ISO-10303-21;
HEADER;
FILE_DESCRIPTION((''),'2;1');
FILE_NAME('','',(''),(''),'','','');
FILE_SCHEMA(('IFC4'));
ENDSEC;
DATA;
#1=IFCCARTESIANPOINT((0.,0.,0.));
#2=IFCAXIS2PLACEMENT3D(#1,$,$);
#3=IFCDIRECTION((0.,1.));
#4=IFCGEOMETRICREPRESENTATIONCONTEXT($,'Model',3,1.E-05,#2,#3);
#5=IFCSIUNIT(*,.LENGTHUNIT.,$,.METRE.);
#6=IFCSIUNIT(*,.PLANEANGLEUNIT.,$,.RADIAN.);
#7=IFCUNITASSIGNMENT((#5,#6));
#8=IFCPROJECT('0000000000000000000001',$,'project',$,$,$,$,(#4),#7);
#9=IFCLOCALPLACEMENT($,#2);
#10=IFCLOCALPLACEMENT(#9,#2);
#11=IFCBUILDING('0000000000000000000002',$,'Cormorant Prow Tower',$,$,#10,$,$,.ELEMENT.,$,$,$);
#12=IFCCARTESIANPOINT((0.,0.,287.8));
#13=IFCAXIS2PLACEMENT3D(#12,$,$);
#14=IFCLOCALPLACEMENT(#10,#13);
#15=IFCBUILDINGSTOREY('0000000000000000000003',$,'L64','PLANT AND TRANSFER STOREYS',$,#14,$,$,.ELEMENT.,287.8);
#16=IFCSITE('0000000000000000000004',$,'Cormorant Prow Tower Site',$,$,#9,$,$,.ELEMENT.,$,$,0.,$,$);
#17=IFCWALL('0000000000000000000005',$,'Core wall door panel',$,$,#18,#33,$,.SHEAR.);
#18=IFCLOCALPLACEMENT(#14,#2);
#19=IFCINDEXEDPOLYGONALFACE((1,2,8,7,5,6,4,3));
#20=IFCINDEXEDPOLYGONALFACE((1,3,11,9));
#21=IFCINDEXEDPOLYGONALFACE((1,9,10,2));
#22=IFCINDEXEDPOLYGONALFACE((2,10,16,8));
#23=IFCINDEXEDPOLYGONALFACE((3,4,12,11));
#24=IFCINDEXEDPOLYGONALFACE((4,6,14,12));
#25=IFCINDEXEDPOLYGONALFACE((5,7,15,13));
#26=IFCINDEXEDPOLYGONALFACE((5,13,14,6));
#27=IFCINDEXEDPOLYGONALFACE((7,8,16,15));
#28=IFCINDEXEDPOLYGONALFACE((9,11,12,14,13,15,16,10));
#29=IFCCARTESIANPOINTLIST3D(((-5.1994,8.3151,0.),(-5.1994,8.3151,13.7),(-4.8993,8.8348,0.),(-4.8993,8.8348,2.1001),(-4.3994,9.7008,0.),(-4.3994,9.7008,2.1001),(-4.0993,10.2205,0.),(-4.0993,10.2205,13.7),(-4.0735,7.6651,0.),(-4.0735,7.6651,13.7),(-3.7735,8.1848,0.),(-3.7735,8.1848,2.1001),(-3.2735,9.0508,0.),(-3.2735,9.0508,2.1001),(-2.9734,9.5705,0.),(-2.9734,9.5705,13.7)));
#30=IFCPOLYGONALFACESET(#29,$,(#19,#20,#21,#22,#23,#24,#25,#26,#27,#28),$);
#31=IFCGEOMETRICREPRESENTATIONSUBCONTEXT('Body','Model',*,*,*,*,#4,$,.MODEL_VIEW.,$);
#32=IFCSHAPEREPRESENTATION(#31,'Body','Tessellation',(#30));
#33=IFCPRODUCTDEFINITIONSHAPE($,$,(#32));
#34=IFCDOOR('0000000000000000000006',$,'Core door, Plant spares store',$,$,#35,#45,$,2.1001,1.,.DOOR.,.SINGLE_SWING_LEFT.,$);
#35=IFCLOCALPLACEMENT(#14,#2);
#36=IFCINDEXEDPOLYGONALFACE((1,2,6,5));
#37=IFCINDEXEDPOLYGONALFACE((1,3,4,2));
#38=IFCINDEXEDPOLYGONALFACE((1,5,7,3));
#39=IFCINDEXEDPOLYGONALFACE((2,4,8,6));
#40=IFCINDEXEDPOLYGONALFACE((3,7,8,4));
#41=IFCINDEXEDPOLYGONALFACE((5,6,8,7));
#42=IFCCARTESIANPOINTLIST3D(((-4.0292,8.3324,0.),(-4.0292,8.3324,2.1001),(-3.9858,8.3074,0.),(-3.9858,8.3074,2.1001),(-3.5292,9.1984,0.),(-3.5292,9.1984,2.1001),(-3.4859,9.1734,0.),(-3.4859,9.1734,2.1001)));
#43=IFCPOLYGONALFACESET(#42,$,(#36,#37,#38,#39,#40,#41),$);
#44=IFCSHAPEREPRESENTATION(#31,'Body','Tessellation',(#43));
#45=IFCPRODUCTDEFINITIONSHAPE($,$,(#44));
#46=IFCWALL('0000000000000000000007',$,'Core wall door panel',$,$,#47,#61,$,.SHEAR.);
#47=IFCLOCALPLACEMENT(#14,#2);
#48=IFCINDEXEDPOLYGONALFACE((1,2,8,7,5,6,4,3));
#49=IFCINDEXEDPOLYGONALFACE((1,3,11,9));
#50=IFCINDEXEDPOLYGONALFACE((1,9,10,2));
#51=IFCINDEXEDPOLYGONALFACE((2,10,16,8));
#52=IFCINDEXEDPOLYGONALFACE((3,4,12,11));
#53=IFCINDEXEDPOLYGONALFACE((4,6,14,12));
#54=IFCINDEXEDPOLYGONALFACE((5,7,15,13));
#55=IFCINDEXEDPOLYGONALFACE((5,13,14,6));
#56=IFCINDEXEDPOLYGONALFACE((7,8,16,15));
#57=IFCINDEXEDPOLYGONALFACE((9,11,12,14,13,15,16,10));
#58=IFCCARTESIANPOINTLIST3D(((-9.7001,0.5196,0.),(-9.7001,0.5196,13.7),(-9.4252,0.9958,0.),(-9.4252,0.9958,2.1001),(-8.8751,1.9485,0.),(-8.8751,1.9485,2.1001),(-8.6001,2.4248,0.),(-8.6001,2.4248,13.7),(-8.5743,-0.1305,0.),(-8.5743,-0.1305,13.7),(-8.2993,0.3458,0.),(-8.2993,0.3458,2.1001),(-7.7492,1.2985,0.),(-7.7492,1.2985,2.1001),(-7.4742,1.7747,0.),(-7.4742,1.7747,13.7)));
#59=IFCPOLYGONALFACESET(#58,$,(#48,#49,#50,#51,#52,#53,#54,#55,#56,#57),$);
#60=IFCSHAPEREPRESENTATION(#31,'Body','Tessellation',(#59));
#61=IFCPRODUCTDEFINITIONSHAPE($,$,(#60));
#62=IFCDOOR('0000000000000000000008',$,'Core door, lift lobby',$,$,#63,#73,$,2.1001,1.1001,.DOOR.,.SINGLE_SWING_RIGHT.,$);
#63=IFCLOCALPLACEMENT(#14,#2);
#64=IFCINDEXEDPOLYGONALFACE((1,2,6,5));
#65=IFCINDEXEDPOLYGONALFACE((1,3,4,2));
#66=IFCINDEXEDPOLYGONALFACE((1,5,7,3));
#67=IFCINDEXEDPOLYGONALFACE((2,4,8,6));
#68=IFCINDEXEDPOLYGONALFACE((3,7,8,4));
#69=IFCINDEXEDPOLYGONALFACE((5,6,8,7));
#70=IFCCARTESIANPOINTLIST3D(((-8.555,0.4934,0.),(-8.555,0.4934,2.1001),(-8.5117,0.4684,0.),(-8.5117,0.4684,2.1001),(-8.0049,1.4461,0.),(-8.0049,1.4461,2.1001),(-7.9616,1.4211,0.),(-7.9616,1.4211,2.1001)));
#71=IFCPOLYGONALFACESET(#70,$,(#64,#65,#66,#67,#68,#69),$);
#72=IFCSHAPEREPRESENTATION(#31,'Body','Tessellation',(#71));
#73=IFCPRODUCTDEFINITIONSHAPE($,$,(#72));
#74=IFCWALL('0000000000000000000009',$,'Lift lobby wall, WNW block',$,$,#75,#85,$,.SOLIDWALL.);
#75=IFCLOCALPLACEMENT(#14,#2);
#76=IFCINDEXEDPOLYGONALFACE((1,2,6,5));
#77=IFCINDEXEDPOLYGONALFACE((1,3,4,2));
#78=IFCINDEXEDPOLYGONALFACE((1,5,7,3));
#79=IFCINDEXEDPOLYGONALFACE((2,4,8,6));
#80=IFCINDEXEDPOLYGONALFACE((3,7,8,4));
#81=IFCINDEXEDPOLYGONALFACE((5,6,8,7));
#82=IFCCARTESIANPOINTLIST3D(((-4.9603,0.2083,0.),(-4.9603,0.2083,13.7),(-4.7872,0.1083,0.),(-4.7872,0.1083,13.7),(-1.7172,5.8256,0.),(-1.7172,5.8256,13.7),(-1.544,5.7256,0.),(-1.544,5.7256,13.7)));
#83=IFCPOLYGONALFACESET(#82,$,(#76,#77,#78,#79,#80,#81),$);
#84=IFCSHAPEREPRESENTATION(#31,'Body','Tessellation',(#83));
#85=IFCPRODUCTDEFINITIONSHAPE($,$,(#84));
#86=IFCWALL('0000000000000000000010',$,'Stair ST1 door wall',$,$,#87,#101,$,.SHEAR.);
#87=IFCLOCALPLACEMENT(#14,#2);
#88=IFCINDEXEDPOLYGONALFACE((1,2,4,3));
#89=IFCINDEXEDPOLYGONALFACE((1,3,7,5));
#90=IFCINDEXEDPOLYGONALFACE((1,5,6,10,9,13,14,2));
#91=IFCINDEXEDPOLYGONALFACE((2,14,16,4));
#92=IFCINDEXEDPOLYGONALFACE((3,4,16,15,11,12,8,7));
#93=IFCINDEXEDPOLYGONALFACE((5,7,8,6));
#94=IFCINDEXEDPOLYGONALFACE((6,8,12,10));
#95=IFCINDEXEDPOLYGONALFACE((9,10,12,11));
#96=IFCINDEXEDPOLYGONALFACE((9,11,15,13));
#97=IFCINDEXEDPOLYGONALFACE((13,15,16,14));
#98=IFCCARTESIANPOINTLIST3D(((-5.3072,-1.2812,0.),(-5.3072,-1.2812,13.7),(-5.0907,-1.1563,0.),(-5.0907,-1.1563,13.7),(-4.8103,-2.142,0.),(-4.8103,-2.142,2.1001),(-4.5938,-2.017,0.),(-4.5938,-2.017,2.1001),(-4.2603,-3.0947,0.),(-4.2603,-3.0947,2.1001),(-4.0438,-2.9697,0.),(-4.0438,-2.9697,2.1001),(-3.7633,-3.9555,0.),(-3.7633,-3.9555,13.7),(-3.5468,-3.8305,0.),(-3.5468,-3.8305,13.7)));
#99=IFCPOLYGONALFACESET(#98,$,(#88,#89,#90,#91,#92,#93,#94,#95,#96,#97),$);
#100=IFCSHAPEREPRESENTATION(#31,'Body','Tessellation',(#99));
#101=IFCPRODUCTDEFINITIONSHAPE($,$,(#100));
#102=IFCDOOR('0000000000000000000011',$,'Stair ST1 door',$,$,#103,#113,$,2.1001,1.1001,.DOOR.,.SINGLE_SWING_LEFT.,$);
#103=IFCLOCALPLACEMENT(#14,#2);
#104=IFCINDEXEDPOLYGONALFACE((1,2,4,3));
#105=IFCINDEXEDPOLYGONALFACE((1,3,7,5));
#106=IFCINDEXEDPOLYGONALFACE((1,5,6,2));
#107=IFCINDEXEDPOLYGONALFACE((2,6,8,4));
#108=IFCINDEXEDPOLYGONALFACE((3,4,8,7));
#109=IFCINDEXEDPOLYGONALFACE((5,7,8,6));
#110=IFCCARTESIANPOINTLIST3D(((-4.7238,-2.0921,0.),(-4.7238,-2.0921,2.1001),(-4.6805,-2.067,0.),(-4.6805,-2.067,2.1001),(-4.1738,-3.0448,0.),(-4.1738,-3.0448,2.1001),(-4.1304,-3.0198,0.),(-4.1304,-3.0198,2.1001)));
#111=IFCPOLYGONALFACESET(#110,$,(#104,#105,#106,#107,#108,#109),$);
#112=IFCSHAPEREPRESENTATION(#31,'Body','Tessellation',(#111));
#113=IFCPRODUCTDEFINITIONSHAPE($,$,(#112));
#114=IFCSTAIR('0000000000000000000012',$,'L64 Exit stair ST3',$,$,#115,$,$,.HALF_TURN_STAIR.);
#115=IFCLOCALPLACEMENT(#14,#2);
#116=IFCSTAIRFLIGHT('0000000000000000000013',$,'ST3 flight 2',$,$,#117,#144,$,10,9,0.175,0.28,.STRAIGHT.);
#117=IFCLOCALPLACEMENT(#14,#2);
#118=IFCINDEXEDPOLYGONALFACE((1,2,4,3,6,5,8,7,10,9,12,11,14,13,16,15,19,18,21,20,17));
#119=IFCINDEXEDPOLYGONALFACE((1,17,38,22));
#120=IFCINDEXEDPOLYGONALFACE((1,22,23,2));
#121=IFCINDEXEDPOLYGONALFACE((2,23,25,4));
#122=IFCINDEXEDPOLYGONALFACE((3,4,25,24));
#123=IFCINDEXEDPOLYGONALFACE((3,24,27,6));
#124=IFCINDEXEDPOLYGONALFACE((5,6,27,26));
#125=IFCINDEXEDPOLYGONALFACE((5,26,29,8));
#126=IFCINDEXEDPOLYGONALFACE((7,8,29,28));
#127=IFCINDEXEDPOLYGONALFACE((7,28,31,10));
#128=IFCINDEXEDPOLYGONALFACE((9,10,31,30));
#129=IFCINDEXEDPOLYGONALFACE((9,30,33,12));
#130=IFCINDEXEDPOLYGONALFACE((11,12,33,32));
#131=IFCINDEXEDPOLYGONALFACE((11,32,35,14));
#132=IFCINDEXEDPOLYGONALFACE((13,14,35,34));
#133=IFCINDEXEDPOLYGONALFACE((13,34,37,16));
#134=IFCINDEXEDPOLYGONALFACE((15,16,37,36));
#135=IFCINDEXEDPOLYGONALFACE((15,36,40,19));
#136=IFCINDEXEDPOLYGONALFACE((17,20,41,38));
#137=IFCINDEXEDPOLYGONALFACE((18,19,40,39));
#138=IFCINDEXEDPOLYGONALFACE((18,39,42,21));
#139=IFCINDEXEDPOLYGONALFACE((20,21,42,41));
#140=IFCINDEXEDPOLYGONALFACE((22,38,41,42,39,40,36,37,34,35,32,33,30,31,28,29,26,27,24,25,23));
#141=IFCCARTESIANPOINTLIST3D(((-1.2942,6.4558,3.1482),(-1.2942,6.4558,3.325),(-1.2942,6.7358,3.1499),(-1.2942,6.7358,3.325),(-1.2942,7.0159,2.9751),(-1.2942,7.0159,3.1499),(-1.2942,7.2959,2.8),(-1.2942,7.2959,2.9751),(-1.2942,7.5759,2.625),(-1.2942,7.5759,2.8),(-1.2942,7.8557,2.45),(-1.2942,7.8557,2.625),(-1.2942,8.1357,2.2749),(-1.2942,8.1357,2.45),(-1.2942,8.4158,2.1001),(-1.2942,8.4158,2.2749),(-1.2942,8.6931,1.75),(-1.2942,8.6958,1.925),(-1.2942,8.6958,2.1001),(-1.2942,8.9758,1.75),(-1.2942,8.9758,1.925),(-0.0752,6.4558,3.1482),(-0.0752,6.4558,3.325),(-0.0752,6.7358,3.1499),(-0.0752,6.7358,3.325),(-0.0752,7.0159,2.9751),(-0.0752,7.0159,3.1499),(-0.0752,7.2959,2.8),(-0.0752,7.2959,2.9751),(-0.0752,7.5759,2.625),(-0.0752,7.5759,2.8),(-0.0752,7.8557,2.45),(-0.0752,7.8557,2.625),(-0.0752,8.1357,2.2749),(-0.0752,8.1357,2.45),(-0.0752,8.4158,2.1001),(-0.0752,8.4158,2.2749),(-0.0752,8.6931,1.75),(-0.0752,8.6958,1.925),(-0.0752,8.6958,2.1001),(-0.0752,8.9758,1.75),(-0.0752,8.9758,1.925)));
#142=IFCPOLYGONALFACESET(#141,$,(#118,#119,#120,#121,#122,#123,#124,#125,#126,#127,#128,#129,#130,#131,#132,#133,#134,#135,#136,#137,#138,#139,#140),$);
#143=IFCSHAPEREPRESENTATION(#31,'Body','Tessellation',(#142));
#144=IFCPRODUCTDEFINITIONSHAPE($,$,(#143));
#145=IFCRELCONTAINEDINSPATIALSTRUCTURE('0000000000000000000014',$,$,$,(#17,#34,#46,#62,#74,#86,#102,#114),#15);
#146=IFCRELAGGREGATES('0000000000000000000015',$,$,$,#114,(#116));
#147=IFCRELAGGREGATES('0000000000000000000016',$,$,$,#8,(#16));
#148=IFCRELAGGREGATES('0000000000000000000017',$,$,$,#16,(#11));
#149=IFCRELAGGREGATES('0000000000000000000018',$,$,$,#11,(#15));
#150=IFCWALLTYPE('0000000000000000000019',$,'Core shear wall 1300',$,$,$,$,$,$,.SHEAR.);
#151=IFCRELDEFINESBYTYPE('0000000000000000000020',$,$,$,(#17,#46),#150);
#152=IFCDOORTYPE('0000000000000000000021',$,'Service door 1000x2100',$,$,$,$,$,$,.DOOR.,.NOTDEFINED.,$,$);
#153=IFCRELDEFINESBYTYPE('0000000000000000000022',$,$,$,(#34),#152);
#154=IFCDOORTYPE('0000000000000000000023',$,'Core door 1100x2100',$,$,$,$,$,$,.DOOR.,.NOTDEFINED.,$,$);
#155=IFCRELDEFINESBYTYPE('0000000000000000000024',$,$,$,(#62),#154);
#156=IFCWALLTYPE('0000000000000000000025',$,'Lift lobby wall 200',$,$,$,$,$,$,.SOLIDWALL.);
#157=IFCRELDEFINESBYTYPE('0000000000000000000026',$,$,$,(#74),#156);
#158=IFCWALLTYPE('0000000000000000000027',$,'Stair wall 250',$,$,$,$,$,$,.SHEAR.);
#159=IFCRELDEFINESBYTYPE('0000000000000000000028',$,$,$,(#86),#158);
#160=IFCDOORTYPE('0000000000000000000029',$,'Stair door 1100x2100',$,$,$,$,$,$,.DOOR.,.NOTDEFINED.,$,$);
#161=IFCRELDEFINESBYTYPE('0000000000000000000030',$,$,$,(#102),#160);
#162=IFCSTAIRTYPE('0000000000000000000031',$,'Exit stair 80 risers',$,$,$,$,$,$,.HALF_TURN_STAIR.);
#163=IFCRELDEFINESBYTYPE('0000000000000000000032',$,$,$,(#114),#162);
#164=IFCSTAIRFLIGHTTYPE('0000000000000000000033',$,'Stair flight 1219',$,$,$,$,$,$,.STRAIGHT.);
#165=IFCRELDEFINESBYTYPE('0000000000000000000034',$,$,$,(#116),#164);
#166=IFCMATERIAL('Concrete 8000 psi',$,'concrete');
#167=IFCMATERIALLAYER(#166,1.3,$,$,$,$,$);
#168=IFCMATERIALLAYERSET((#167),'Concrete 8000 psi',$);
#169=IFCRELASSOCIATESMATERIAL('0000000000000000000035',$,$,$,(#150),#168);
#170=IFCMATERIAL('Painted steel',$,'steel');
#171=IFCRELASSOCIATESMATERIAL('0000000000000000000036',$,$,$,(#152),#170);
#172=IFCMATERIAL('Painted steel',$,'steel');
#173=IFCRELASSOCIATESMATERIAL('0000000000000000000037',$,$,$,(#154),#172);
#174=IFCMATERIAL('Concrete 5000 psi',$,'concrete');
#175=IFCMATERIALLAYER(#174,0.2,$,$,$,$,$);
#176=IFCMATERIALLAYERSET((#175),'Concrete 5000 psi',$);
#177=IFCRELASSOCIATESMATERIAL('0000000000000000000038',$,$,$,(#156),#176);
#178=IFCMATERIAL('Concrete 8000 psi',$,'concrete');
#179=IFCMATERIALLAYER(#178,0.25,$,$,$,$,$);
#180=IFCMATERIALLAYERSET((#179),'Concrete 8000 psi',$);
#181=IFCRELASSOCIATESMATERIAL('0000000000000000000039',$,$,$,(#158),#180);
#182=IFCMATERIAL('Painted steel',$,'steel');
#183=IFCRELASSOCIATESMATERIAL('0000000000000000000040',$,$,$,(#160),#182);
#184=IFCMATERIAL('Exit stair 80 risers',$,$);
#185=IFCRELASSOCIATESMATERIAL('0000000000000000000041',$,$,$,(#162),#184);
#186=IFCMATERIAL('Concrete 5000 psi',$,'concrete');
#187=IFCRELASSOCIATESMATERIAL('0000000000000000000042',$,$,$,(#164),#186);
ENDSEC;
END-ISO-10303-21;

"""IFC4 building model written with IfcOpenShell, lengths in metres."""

from ifc_helpers import new_model, si_unit, direction, frame, frame_2d, origin, place, context, subcontext, project, spatial, polyline, rectangle, outline, extrude, material, layer, layer_set, type_object, element, fill, aggregate, save


model = new_model("IFC4")

# Units and contexts
model_context = context("Model", 3, precision=1e-05, world=origin(), true_north=direction((0.0, 1.0)))
body_context = subcontext(model_context, "Body", "Model", "MODEL_VIEW")
ifc_project = project(units=[si_unit("LENGTHUNIT", "METRE"), si_unit("PLANEANGLEUNIT", "RADIAN")], contexts=[model_context])

# Site, building, storey
site_placement = place(None, origin())
site = spatial("IfcSite", under=ifc_project, at=site_placement, Name="Cormorant Prow Tower Site", CompositionType="ELEMENT", RefElevation=0.0)
building_placement = place(site_placement, origin())
building = spatial("IfcBuilding", under=site, at=building_placement, Name="Cormorant Prow Tower", CompositionType="ELEMENT")
storey_placement = place(building_placement, frame((0.0, 0.0, 287.8)))
storey = spatial("IfcBuildingStorey", under=building, at=storey_placement, Name="L64", Description="PLANT AND TRANSFER STOREYS", CompositionType="ELEMENT", Elevation=287.8)

# Shared definitions
ifc_material_1 = material(Name="Concrete 8000 psi", Category="concrete")
ifc_layer_1 = layer(ifc_material_1, 1.3)
ifc_layer_set_1 = layer_set([ifc_layer_1], Name="Concrete 8000 psi")
wall_type_1 = type_object("IfcWallType", Name="Core shear wall 1300", PredefinedType="SHEAR", material=ifc_layer_set_1)

# Walls, openings, doors
wall_1_placement = place(storey_placement, frame((-3.5364, 9.8955, 0.0), z_axis=(0.0, 0.0, 1.0), x_axis=(-0.499982, -0.866036, 0.0)))
wall_1 = element("IfcWall", 1, at=wall_1_placement, inside=storey, type_object=wall_type_1, Name="Core wall door panel", PredefinedType="SHEAR", context=body_context, shape_type="SweptSolid", body=[
    extrude(rectangle(XDim=2.2002, YDim=1.3, at=frame_2d((1.1001, 0.0))), origin(), (0.0, 0.0, 1.0), 13.7),
])
opening_1_placement = place(wall_1_placement, frame((0.6001, 0.0, 0.0)))
opening_1 = element("IfcOpeningElement", 2, at=opening_1_placement, cuts=wall_1, PredefinedType="OPENING", context=body_context, shape_type="SweptSolid", body=[
    extrude(rectangle(XDim=1.0, YDim=2.1001, at=frame_2d((0.5, 1.05))), frame((0.0, 0.6599, 0.0), z_axis=(0.0, -1.0, 0.0), x_axis=(1.0, 0.0, 0.0)), (0.0, 0.0, 1.0), 1.3201),
])
ifc_material_2 = material(Name="Painted steel", Category="steel")
door_type_1 = type_object("IfcDoorType", Name="Service door 1000x2100", OperationType="NOTDEFINED", PredefinedType="DOOR", material=ifc_material_2)
door_1_placement = place(opening_1_placement, origin())
door_1 = element("IfcDoor", 3, at=door_1_placement, inside=storey, type_object=door_type_1, Name="Core door, Plant spares store", OperationType="SINGLE_SWING_LEFT", OverallHeight=2.1001, OverallWidth=1.0, PredefinedType="DOOR", context=body_context, shape_type="SweptSolid", body=[
    extrude(rectangle(XDim=1.0, YDim=2.1001, at=frame_2d((0.5, 1.05))), frame((0.0, 0.4048, 0.0), z_axis=(0.0, -1.0, 0.0), x_axis=(1.0, 0.0, 0.0)), (0.0, 0.0, 1.0), 0.05),
])
fill(opening_1, door_1)
wall_2_placement = place(storey_placement, frame((-8.0371, 2.0999, 0.0), z_axis=(0.0, 0.0, 1.0), x_axis=(-0.50003, -0.866008, 0.0)))
wall_2 = element("IfcWall", 4, at=wall_2_placement, inside=storey, type_object=wall_type_1, Name="Core wall door panel", PredefinedType="SHEAR", context=body_context, shape_type="SweptSolid", body=[
    extrude(rectangle(XDim=2.2, YDim=1.3, at=frame_2d((1.1001, 0.0))), origin(), (0.0, 0.0, 1.0), 13.7),
])
opening_2_placement = place(wall_2_placement, frame((0.55, 0.0, 0.0)))
opening_2 = element("IfcOpeningElement", 5, at=opening_2_placement, cuts=wall_2, PredefinedType="OPENING", context=body_context, shape_type="SweptSolid", body=[
    extrude(rectangle(XDim=1.1001, YDim=2.1001, at=frame_2d((0.55, 1.05))), frame((0.0, 0.6599, 0.0), z_axis=(0.0, -1.0, 0.0), x_axis=(1.0, 0.0, 0.0)), (0.0, 0.0, 1.0), 1.3201),
])
ifc_material_3 = material(Name="Painted steel", Category="steel")
door_type_2 = type_object("IfcDoorType", Name="Core door 1100x2100", OperationType="NOTDEFINED", PredefinedType="DOOR", material=ifc_material_3)
door_2_placement = place(opening_2_placement, origin())
door_2 = element("IfcDoor", 6, at=door_2_placement, inside=storey, type_object=door_type_2, Name="Core door, lift lobby", OperationType="SINGLE_SWING_RIGHT", OverallHeight=2.1001, OverallWidth=1.1001, PredefinedType="DOOR", context=body_context, shape_type="SweptSolid", body=[
    extrude(rectangle(XDim=1.1001, YDim=2.1001, at=frame_2d((0.55, 1.05))), frame((0.0, 0.4048, 0.0), z_axis=(0.0, -1.0, 0.0), x_axis=(1.0, 0.0, 0.0)), (0.0, 0.0, 1.0), 0.05),
])
fill(opening_2, door_2)

# Wall
ifc_material_4 = material(Name="Concrete 5000 psi", Category="concrete")
ifc_layer_2 = layer(ifc_material_4, 0.2)
ifc_layer_set_2 = layer_set([ifc_layer_2], Name="Concrete 5000 psi")
wall_type_2 = type_object("IfcWallType", Name="Lift lobby wall 200", PredefinedType="SOLIDWALL", material=ifc_layer_set_2)
wall_3_placement = place(storey_placement, frame((-1.6306, 5.7756, 0.0), z_axis=(0.0, 0.0, 1.0), x_axis=(-0.499993, -0.86603, 0.0)))
element("IfcWall", 7, at=wall_3_placement, inside=storey, type_object=wall_type_2, Name="Lift lobby wall, WNW block", PredefinedType="SOLIDWALL", context=body_context, shape_type="SweptSolid", body=[
    extrude(rectangle(XDim=6.4863, YDim=0.2, at=frame_2d((3.2432, 0.0))), origin(), (0.0, 0.0, 1.0), 13.7),
])

# Wall, opening, door
ifc_material_5 = material(Name="Concrete 8000 psi", Category="concrete")
ifc_layer_3 = layer(ifc_material_5, 0.25)
ifc_layer_set_3 = layer_set([ifc_layer_3], Name="Concrete 8000 psi")
wall_type_3 = type_object("IfcWallType", Name="Stair wall 250", PredefinedType="SHEAR", material=ifc_layer_set_3)
wall_4_placement = place(storey_placement, frame((-5.199, -1.2188, 0.0), z_axis=(0.0, 0.0, 1.0), x_axis=(0.499983, -0.866035, 0.0)))
wall_4 = element("IfcWall", 8, at=wall_4_placement, inside=storey, type_object=wall_type_3, Name="Stair ST1 door wall", PredefinedType="SHEAR", context=body_context, shape_type="SweptSolid", body=[
    extrude(rectangle(XDim=3.0879, YDim=0.25, at=frame_2d((1.5439, 0.0))), origin(), (0.0, 0.0, 1.0), 13.7),
])
opening_3_placement = place(wall_4_placement, frame((0.9939, 0.0, 0.0)))
opening_3 = element("IfcOpeningElement", 9, at=opening_3_placement, cuts=wall_4, PredefinedType="OPENING", context=body_context, shape_type="SweptSolid", body=[
    extrude(rectangle(XDim=1.1001, YDim=2.1001, at=frame_2d((0.55, 1.05))), frame((0.0, 0.135, 0.0), z_axis=(0.0, -1.0, 0.0), x_axis=(1.0, 0.0, 0.0)), (0.0, 0.0, 1.0), 0.27),
])
ifc_material_6 = material(Name="Painted steel", Category="steel")
door_type_3 = type_object("IfcDoorType", Name="Stair door 1100x2100", OperationType="NOTDEFINED", PredefinedType="DOOR", material=ifc_material_6)
door_3_placement = place(opening_3_placement, origin())
door_3 = element("IfcDoor", 10, at=door_3_placement, inside=storey, type_object=door_type_3, Name="Stair ST1 door", OperationType="SINGLE_SWING_LEFT", OverallHeight=2.1001, OverallWidth=1.1001, PredefinedType="DOOR", context=body_context, shape_type="SweptSolid", body=[
    extrude(rectangle(XDim=1.1001, YDim=2.1001, at=frame_2d((0.55, 1.05))), frame((0.0, 0.0249, 0.0), z_axis=(0.0, -1.0, 0.0), x_axis=(1.0, 0.0, 0.0)), (0.0, 0.0, 1.0), 0.05),
])
fill(opening_3, door_3)

# Stair, stair flight
ifc_material_7 = material(Name="Exit stair 80 risers")
stair_type = type_object("IfcStairType", Name="Exit stair 80 risers", PredefinedType="HALF_TURN_STAIR", material=ifc_material_7)
stair_placement = place(storey_placement, origin())
stair = element("IfcStair", 11, at=stair_placement, inside=storey, type_object=stair_type, Name="L64 Exit stair ST3", PredefinedType="HALF_TURN_STAIR")
ifc_material_8 = material(Name="Concrete 5000 psi", Category="concrete")
stair_flight_type = type_object("IfcStairFlightType", Name="Stair flight 1219", PredefinedType="STRAIGHT", material=ifc_material_8)
stair_flight_1_placement = place(storey_placement, frame((-0.6846, 8.9758, 1.75), z_axis=(0.0, 0.0, 1.0), x_axis=(0.0, -1.0, 0.0)))
stair_flight_1 = element("IfcStairFlight", 12, at=stair_flight_1_placement, type_object=stair_flight_type, Name="ST3 flight 2", NumberOfRisers=10, NumberOfTreads=9, PredefinedType="STRAIGHT", RiserHeight=0.175, TreadLength=0.28, context=body_context, shape_type="SweptSolid", body=[
    extrude(outline(polyline([(0.0, 0.0), (0.0, 0.175), (0.28, 0.175), (0.28, 0.3501), (0.5601, 0.3501), (0.5601, 0.5249), (0.8401, 0.5249), (0.8401, 0.7), (1.1201, 0.7), (1.1201, 0.875), (1.3999, 0.875), (1.3999, 1.05), (1.6799, 1.05), (1.6799, 1.2251), (1.96, 1.2251), (1.96, 1.3999), (2.24, 1.3999), (2.24, 1.575), (2.52, 1.575), (2.52, 1.75), (2.52, 1.3982), (0.2827, 0.0), (0.0, 0.0)])), frame((0.0, 0.6094, 0.0), z_axis=(0.0, -1.0, 0.0), x_axis=(1.0, 0.0, 0.0)), (0.0, 0.0, 1.0), 1.219),
])
aggregate(stair, [stair_flight_1])

save(model, "model.ifc")
